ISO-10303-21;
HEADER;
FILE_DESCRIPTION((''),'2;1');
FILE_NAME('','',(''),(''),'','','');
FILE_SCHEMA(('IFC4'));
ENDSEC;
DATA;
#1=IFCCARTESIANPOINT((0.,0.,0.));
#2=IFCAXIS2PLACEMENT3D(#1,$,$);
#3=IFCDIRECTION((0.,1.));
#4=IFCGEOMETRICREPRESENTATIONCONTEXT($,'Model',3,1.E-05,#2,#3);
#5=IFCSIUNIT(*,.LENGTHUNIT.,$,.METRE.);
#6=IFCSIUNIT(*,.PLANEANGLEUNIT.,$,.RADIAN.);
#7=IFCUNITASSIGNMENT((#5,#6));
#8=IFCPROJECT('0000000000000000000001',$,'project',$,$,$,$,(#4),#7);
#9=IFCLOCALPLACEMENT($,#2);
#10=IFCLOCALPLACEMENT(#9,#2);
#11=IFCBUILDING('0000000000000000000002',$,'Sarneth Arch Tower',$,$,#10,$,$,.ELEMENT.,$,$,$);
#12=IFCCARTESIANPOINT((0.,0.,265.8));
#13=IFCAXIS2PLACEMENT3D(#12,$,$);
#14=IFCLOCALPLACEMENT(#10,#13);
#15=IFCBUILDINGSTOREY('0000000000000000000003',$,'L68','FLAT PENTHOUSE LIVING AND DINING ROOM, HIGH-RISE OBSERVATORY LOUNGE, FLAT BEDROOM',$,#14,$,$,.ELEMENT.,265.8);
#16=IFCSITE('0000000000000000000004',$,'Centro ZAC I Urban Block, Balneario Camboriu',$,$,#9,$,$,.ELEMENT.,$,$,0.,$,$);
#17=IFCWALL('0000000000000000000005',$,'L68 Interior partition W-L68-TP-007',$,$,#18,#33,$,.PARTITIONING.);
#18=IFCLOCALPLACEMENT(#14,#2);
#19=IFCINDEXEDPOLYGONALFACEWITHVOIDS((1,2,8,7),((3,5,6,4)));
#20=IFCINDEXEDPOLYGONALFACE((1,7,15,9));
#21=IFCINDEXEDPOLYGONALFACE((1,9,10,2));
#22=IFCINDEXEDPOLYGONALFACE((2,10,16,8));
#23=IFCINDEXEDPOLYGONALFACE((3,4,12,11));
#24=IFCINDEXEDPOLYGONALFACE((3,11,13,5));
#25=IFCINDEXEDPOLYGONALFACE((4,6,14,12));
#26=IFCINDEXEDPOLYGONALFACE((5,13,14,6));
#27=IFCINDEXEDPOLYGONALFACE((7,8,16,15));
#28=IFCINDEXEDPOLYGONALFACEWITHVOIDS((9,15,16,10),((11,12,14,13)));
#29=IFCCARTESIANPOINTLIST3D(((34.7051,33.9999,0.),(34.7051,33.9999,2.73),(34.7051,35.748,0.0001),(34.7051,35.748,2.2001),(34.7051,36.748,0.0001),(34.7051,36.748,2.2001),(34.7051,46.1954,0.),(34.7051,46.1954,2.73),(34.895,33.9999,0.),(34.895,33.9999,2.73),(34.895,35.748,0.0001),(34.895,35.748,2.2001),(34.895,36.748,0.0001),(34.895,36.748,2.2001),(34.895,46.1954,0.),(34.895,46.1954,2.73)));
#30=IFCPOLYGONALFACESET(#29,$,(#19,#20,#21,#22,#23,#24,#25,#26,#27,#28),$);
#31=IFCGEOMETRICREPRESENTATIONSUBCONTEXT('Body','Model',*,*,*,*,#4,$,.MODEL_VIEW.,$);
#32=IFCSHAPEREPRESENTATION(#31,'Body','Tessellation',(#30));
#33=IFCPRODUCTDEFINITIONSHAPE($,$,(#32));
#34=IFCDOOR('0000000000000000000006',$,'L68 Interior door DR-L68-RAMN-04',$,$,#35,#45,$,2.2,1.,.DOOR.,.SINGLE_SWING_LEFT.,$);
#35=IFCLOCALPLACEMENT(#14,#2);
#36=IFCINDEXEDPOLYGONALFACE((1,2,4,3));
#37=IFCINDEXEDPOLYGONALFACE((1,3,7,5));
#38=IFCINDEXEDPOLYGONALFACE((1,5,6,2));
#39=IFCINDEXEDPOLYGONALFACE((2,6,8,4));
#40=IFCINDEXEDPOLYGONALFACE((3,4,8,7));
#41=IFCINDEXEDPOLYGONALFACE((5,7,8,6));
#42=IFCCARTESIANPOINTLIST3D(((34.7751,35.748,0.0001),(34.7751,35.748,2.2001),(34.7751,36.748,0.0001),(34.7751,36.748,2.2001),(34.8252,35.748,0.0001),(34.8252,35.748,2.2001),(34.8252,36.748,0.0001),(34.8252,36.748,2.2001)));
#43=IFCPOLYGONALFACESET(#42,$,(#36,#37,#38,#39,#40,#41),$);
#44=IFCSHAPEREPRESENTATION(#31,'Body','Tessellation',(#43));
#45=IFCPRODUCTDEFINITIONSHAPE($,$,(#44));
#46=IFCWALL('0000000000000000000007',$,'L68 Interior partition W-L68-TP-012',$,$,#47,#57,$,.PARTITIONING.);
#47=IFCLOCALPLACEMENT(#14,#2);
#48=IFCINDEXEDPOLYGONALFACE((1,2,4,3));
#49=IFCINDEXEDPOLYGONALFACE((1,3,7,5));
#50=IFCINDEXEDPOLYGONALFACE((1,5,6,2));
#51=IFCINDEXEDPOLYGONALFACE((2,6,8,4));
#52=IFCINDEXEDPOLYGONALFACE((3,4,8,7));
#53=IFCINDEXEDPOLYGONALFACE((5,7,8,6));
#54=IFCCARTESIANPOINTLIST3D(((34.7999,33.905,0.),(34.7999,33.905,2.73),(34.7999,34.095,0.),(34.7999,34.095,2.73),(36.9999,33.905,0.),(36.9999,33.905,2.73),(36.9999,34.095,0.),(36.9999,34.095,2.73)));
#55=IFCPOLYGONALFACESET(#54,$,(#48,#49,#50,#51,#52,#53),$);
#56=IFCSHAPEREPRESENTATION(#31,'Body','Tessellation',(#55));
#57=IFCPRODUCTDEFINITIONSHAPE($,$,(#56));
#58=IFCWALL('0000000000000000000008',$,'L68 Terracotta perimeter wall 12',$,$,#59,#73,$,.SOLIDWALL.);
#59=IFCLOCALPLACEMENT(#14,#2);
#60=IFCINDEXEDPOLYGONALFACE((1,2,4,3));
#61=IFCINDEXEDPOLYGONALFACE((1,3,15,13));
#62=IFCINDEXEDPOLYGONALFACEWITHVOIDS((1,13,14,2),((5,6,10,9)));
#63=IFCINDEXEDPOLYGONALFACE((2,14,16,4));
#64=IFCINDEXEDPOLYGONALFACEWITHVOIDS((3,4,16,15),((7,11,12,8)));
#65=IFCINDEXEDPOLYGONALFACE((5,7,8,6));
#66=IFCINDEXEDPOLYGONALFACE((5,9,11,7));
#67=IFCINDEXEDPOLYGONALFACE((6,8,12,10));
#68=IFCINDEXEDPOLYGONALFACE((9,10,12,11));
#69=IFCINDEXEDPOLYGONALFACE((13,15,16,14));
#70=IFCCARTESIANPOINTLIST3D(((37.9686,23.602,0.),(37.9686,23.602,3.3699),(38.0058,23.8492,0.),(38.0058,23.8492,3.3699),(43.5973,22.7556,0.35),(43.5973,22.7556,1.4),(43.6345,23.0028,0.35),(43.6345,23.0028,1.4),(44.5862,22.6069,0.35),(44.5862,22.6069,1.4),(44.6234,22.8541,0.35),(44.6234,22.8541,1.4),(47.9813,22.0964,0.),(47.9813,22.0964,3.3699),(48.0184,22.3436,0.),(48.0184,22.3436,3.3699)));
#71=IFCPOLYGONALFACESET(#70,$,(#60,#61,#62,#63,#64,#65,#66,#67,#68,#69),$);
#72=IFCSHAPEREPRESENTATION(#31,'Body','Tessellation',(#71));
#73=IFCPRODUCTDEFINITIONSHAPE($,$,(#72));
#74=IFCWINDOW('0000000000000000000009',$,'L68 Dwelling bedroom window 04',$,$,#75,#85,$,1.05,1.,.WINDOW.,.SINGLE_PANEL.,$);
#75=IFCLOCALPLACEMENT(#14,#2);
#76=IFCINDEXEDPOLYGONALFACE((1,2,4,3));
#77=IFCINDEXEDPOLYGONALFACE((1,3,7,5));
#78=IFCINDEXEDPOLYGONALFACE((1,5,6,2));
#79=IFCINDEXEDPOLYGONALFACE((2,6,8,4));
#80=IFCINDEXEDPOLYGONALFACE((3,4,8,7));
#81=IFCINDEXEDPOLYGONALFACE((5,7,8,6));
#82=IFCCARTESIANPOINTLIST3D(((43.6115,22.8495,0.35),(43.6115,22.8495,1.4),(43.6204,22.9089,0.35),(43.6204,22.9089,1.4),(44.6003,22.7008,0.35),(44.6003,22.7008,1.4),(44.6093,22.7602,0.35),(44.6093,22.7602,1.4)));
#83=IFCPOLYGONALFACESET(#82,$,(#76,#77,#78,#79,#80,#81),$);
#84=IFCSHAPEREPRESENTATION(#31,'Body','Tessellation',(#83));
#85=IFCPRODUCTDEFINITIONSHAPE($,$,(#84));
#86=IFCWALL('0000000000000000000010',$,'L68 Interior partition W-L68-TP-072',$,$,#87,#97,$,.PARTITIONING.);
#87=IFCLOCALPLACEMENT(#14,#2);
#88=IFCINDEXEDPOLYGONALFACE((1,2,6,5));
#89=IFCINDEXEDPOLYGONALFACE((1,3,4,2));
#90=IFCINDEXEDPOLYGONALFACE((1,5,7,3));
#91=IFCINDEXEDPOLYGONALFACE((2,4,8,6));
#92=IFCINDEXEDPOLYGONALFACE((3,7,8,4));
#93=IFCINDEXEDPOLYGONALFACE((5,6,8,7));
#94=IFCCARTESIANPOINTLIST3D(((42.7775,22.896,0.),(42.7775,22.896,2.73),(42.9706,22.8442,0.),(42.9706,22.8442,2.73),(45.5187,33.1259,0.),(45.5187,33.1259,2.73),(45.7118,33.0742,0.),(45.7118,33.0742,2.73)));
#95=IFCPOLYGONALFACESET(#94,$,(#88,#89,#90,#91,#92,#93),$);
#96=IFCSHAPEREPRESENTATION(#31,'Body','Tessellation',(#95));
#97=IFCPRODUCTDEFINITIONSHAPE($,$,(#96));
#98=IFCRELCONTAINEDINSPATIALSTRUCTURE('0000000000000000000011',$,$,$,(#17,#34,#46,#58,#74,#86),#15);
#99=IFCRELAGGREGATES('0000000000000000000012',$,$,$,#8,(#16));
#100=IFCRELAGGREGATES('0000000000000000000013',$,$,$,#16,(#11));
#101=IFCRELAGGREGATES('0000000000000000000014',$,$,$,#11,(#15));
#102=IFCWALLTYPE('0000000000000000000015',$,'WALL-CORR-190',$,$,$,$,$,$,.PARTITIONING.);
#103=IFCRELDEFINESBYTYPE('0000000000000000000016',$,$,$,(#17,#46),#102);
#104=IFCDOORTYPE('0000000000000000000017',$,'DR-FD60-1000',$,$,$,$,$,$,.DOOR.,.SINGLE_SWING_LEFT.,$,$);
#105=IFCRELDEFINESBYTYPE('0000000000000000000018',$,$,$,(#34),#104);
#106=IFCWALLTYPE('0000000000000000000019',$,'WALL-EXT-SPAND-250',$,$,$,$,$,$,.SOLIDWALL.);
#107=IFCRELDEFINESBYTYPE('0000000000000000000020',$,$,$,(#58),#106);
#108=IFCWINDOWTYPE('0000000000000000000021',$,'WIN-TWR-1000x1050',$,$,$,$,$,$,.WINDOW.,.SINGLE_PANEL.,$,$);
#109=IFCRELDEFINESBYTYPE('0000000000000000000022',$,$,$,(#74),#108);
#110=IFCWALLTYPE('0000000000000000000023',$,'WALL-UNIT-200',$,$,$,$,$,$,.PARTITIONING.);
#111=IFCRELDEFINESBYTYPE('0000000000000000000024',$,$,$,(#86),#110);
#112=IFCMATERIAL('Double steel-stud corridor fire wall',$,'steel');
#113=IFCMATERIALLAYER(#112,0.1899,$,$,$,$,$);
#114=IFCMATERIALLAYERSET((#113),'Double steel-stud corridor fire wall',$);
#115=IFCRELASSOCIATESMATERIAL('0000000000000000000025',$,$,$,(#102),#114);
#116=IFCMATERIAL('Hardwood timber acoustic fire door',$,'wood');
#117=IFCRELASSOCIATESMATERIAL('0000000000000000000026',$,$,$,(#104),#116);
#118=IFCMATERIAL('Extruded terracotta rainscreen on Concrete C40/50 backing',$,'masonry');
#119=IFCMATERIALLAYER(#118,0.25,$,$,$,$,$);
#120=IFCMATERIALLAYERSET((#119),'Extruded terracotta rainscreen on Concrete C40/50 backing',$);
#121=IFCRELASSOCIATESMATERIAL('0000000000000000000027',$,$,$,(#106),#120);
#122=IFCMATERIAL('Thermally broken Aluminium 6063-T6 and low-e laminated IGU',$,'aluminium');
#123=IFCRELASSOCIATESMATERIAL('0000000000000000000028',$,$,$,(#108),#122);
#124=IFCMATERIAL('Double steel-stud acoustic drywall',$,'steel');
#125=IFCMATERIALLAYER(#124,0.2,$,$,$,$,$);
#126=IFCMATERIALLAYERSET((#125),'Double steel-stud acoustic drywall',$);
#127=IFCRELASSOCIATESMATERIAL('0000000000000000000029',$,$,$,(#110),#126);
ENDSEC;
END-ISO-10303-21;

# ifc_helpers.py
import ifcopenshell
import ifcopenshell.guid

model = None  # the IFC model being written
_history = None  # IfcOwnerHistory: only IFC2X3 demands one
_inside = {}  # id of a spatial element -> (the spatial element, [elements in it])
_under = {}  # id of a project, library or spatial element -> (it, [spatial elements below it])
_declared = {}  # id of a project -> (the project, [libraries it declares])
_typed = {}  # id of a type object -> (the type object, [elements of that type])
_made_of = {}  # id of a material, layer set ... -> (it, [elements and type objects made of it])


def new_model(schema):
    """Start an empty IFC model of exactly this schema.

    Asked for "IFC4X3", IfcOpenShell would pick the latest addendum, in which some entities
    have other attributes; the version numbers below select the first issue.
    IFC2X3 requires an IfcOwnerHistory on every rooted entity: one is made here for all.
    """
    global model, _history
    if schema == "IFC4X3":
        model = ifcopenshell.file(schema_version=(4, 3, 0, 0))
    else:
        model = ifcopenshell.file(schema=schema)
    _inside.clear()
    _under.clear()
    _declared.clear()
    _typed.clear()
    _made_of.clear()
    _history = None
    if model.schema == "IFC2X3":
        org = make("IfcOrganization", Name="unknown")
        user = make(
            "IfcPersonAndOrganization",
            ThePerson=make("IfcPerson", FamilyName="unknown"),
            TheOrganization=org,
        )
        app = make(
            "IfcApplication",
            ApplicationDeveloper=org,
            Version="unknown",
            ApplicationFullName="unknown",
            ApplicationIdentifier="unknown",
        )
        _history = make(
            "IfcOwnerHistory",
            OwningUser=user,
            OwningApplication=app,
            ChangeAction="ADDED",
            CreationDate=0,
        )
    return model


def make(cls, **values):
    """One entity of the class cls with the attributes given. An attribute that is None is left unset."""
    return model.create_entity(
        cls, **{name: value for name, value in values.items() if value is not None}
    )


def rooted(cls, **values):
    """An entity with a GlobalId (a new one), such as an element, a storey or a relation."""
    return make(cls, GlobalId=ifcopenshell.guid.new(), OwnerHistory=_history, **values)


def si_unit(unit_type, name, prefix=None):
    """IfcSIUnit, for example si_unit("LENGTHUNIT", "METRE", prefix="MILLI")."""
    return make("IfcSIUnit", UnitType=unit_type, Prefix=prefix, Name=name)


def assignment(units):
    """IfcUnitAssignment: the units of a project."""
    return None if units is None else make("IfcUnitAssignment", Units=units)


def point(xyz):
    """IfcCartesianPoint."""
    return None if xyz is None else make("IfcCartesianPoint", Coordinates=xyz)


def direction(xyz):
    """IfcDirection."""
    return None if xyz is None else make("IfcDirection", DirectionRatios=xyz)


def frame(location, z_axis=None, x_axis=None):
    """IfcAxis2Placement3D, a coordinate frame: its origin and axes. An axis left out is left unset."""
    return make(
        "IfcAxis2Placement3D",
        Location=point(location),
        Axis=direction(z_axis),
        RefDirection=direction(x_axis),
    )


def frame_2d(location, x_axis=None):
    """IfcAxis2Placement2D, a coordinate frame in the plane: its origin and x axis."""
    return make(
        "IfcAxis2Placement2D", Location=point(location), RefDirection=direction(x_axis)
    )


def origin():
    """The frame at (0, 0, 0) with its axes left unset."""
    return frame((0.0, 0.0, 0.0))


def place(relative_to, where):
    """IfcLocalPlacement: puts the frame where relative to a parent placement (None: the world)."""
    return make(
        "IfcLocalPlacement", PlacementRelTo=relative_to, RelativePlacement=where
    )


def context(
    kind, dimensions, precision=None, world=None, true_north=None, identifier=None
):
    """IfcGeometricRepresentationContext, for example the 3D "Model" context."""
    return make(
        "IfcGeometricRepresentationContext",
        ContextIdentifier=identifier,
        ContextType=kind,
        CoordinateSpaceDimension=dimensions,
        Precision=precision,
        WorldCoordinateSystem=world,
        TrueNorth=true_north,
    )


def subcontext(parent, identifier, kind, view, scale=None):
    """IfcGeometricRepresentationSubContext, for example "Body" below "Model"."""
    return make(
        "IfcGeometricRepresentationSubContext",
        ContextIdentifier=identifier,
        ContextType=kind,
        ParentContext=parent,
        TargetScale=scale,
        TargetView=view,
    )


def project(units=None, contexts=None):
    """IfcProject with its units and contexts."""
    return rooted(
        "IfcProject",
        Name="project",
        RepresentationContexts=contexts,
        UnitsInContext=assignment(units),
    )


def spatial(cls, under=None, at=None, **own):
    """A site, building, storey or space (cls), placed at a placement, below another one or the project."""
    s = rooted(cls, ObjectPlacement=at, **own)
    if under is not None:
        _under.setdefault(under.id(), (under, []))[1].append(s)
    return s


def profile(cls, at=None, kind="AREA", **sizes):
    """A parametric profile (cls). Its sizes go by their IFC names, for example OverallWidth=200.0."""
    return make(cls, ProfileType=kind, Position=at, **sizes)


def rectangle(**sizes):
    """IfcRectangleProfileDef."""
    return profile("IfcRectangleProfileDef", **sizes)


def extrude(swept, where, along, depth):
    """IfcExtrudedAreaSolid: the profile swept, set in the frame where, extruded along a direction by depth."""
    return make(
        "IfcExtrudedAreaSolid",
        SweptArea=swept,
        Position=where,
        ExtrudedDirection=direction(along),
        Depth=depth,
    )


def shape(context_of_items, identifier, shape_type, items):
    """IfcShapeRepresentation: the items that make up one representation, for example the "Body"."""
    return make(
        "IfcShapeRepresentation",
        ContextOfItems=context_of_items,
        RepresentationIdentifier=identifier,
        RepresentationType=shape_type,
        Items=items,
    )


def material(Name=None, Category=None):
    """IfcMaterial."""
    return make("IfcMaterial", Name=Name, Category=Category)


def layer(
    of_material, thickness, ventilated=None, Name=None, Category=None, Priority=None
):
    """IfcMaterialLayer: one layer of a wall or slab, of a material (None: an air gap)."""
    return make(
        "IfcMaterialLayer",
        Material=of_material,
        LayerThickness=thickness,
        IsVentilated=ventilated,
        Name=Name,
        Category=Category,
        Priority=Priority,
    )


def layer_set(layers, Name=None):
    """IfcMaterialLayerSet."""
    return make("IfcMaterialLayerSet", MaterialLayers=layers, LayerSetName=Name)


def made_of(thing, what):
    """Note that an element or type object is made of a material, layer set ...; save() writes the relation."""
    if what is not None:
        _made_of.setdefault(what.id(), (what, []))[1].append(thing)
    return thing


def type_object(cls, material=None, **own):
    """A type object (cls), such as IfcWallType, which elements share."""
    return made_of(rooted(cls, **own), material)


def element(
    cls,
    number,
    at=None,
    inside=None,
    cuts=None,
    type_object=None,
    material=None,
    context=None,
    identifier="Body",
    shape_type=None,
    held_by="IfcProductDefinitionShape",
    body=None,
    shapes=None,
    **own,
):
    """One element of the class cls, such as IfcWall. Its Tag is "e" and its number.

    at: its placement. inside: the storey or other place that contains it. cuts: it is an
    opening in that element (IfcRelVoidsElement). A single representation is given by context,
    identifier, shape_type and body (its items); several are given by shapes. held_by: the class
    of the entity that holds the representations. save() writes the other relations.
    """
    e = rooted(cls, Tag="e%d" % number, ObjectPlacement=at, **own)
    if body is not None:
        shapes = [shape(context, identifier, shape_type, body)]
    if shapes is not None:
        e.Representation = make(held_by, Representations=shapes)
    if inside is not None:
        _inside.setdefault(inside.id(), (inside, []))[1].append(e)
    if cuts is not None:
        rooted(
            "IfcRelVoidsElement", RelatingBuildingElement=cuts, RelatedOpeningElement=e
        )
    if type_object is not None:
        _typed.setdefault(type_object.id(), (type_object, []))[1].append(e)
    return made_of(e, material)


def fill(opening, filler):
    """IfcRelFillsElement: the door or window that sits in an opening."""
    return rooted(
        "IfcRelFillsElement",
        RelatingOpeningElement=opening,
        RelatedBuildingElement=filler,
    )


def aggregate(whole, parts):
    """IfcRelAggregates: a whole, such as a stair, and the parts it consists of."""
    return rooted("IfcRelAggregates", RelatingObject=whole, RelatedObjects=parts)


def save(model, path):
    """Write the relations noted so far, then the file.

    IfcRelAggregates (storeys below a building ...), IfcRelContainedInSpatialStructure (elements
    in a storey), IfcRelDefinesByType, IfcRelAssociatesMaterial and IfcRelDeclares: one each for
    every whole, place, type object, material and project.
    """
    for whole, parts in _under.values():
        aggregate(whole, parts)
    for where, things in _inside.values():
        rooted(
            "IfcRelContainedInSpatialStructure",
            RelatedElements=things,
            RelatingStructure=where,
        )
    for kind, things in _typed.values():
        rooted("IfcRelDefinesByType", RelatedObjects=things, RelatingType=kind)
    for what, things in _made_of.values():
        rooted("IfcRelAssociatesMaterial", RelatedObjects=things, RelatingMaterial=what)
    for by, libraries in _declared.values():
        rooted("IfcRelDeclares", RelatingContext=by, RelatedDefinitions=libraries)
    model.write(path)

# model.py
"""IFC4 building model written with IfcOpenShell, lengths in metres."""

from ifc_helpers import new_model, si_unit, direction, frame, frame_2d, origin, place, context, subcontext, project, spatial, rectangle, extrude, material, layer, layer_set, type_object, element, fill, save


model = new_model("IFC4")

# Units and contexts
model_context = context("Model", 3, precision=1e-05, world=origin(), true_north=direction((0.0, 1.0)))
body_context = subcontext(model_context, "Body", "Model", "MODEL_VIEW")
ifc_project = project(units=[si_unit("LENGTHUNIT", "METRE"), si_unit("PLANEANGLEUNIT", "RADIAN")], contexts=[model_context])

# Site, building, storey
site_placement = place(None, origin())
site = spatial("IfcSite", under=ifc_project, at=site_placement, Name="Centro ZAC I Urban Block, Balneario Camboriu", CompositionType="ELEMENT", RefElevation=0.0)
building_placement = place(site_placement, origin())
building = spatial("IfcBuilding", under=site, at=building_placement, Name="Sarneth Arch Tower", CompositionType="ELEMENT")
storey_placement = place(building_placement, frame((0.0, 0.0, 265.8)))
storey = spatial("IfcBuildingStorey", under=building, at=storey_placement, Name="L68", Description="FLAT PENTHOUSE LIVING AND DINING ROOM, HIGH-RISE OBSERVATORY LOUNGE, FLAT BEDROOM", CompositionType="ELEMENT", Elevation=265.8)

# Wall, opening, door
ifc_material_1 = material(Name="Double steel-stud corridor fire wall", Category="steel")
ifc_layer_1 = layer(ifc_material_1, 0.1899)
ifc_layer_set_1 = layer_set([ifc_layer_1], Name="Double steel-stud corridor fire wall")
wall_type_1 = type_object("IfcWallType", Name="WALL-CORR-190", PredefinedType="PARTITIONING", material=ifc_layer_set_1)
wall_1_placement = place(storey_placement, frame((34.8, 34.0, 0.0), z_axis=(0.0, 0.0, 1.0), x_axis=(0.0, 1.0, 0.0)))
wall_1 = element("IfcWall", 1, at=wall_1_placement, inside=storey, type_object=wall_type_1, Name="L68 Interior partition W-L68-TP-007", PredefinedType="PARTITIONING", context=body_context, shape_type="SweptSolid", body=[
    extrude(rectangle(XDim=12.1956, YDim=0.1899, at=frame_2d((6.0977, 0.0))), origin(), (0.0, 0.0, 1.0), 2.73),
])
opening_1_placement = place(wall_1_placement, frame((1.748, 0.0, 0.0)))
opening_1 = element("IfcOpeningElement", 2, at=opening_1_placement, cuts=wall_1, PredefinedType="OPENING", context=body_context, shape_type="SweptSolid", body=[
    extrude(rectangle(XDim=1.0, YDim=2.2, at=frame_2d((0.5, 1.1001))), frame((0.0, 0.105, 0.0), z_axis=(0.0, -1.0, 0.0), x_axis=(1.0, 0.0, 0.0)), (0.0, 0.0, 1.0), 0.21),
])
ifc_material_2 = material(Name="Hardwood timber acoustic fire door", Category="wood")
door_type = type_object("IfcDoorType", Name="DR-FD60-1000", OperationType="SINGLE_SWING_LEFT", PredefinedType="DOOR", material=ifc_material_2)
door_placement = place(opening_1_placement, origin())
door = element("IfcDoor", 3, at=door_placement, inside=storey, type_object=door_type, Name="L68 Interior door DR-L68-RAMN-04", OperationType="SINGLE_SWING_LEFT", OverallHeight=2.2, OverallWidth=1.0, PredefinedType="DOOR", context=body_context, shape_type="SweptSolid", body=[
    extrude(rectangle(XDim=1.0, YDim=2.2, at=frame_2d((0.5, 1.1001))), frame((0.0, 0.0249, 0.0), z_axis=(0.0, -1.0, 0.0), x_axis=(1.0, 0.0, 0.0)), (0.0, 0.0, 1.0), 0.05),
])
fill(opening_1, door)

# Wall
wall_2_placement = place(storey_placement, frame((37.0, 34.0, 0.0), z_axis=(0.0, 0.0, 1.0), x_axis=(-1.0, 0.0, 0.0)))
element("IfcWall", 4, at=wall_2_placement, inside=storey, type_object=wall_type_1, Name="L68 Interior partition W-L68-TP-012", PredefinedType="PARTITIONING", context=body_context, shape_type="SweptSolid", body=[
    extrude(rectangle(XDim=2.2, YDim=0.1899, at=frame_2d((1.1001, 0.0))), origin(), (0.0, 0.0, 1.0), 2.73),
])

# Wall, opening, window
ifc_material_3 = material(Name="Extruded terracotta rainscreen on Concrete C40/50 backing", Category="masonry")
ifc_layer_2 = layer(ifc_material_3, 0.25)
ifc_layer_set_2 = layer_set([ifc_layer_2], Name="Extruded terracotta rainscreen on Concrete C40/50 backing")
wall_type_2 = type_object("IfcWallType", Name="WALL-EXT-SPAND-250", PredefinedType="SOLIDWALL", material=ifc_layer_set_2)
wall_3_placement = place(storey_placement, frame((37.9873, 23.7256, 0.0), z_axis=(0.0, 0.0, 1.0), x_axis=(0.988883, -0.148699, 0.0)))
wall_3 = element("IfcWall", 5, at=wall_3_placement, inside=storey, type_object=wall_type_2, Name="L68 Terracotta perimeter wall 12", PredefinedType="SOLIDWALL", context=body_context, shape_type="SweptSolid", body=[
    extrude(rectangle(XDim=10.1252, YDim=0.25, at=frame_2d((5.0625, 0.0))), origin(), (0.0, 0.0, 1.0), 3.3699),
])
opening_2_placement = place(wall_3_placement, frame((5.6919, 0.0, 0.3501)))
opening_2 = element("IfcOpeningElement", 6, at=opening_2_placement, cuts=wall_3, PredefinedType="OPENING", context=body_context, shape_type="SweptSolid", body=[
    extrude(rectangle(XDim=1.0, YDim=1.05, at=frame_2d((0.5, 0.5249))), frame((0.0, 0.135, 0.0), z_axis=(0.0, -1.0, 0.0), x_axis=(1.0, 0.0, 0.0)), (0.0, 0.0, 1.0), 0.27),
])
ifc_material_4 = material(Name="Thermally broken Aluminium 6063-T6 and low-e laminated IGU", Category="aluminium")
window_type = type_object("IfcWindowType", Name="WIN-TWR-1000x1050", PartitioningType="SINGLE_PANEL", PredefinedType="WINDOW", material=ifc_material_4)
window_placement = place(opening_2_placement, origin())
window = element("IfcWindow", 7, at=window_placement, inside=storey, type_object=window_type, Name="L68 Dwelling bedroom window 04", OverallHeight=1.05, OverallWidth=1.0, PartitioningType="SINGLE_PANEL", PredefinedType="WINDOW", context=body_context, shape_type="SweptSolid", body=[
    extrude(rectangle(XDim=1.0, YDim=1.05, at=frame_2d((0.5, 0.5249))), frame((0.0, 0.03, 0.0), z_axis=(0.0, -1.0, 0.0), x_axis=(1.0, 0.0, 0.0)), (0.0, 0.0, 1.0), 0.0601),
])
fill(opening_2, window)

# Wall
ifc_material_5 = material(Name="Double steel-stud acoustic drywall", Category="steel")
ifc_layer_3 = layer(ifc_material_5, 0.2)
ifc_layer_set_3 = layer_set([ifc_layer_3], Name="Double steel-stud acoustic drywall")
wall_type_3 = type_object("IfcWallType", Name="WALL-UNIT-200", PredefinedType="PARTITIONING", material=ifc_layer_set_3)
wall_4_placement = place(storey_placement, frame((42.874, 22.8701, 0.0), z_axis=(0.0, 0.0, 1.0), x_axis=(0.258827, 0.965924, 0.0)))
element("IfcWall", 8, at=wall_4_placement, inside=storey, type_object=wall_type_3, Name="L68 Interior partition W-L68-TP-072", PredefinedType="PARTITIONING", context=body_context, shape_type="SweptSolid", body=[
    extrude(rectangle(XDim=10.5908, YDim=0.2, at=frame_2d((5.2954, 0.0))), origin(), (0.0, 0.0, 1.0), 2.73),
])

save(model, "model.ifc")
